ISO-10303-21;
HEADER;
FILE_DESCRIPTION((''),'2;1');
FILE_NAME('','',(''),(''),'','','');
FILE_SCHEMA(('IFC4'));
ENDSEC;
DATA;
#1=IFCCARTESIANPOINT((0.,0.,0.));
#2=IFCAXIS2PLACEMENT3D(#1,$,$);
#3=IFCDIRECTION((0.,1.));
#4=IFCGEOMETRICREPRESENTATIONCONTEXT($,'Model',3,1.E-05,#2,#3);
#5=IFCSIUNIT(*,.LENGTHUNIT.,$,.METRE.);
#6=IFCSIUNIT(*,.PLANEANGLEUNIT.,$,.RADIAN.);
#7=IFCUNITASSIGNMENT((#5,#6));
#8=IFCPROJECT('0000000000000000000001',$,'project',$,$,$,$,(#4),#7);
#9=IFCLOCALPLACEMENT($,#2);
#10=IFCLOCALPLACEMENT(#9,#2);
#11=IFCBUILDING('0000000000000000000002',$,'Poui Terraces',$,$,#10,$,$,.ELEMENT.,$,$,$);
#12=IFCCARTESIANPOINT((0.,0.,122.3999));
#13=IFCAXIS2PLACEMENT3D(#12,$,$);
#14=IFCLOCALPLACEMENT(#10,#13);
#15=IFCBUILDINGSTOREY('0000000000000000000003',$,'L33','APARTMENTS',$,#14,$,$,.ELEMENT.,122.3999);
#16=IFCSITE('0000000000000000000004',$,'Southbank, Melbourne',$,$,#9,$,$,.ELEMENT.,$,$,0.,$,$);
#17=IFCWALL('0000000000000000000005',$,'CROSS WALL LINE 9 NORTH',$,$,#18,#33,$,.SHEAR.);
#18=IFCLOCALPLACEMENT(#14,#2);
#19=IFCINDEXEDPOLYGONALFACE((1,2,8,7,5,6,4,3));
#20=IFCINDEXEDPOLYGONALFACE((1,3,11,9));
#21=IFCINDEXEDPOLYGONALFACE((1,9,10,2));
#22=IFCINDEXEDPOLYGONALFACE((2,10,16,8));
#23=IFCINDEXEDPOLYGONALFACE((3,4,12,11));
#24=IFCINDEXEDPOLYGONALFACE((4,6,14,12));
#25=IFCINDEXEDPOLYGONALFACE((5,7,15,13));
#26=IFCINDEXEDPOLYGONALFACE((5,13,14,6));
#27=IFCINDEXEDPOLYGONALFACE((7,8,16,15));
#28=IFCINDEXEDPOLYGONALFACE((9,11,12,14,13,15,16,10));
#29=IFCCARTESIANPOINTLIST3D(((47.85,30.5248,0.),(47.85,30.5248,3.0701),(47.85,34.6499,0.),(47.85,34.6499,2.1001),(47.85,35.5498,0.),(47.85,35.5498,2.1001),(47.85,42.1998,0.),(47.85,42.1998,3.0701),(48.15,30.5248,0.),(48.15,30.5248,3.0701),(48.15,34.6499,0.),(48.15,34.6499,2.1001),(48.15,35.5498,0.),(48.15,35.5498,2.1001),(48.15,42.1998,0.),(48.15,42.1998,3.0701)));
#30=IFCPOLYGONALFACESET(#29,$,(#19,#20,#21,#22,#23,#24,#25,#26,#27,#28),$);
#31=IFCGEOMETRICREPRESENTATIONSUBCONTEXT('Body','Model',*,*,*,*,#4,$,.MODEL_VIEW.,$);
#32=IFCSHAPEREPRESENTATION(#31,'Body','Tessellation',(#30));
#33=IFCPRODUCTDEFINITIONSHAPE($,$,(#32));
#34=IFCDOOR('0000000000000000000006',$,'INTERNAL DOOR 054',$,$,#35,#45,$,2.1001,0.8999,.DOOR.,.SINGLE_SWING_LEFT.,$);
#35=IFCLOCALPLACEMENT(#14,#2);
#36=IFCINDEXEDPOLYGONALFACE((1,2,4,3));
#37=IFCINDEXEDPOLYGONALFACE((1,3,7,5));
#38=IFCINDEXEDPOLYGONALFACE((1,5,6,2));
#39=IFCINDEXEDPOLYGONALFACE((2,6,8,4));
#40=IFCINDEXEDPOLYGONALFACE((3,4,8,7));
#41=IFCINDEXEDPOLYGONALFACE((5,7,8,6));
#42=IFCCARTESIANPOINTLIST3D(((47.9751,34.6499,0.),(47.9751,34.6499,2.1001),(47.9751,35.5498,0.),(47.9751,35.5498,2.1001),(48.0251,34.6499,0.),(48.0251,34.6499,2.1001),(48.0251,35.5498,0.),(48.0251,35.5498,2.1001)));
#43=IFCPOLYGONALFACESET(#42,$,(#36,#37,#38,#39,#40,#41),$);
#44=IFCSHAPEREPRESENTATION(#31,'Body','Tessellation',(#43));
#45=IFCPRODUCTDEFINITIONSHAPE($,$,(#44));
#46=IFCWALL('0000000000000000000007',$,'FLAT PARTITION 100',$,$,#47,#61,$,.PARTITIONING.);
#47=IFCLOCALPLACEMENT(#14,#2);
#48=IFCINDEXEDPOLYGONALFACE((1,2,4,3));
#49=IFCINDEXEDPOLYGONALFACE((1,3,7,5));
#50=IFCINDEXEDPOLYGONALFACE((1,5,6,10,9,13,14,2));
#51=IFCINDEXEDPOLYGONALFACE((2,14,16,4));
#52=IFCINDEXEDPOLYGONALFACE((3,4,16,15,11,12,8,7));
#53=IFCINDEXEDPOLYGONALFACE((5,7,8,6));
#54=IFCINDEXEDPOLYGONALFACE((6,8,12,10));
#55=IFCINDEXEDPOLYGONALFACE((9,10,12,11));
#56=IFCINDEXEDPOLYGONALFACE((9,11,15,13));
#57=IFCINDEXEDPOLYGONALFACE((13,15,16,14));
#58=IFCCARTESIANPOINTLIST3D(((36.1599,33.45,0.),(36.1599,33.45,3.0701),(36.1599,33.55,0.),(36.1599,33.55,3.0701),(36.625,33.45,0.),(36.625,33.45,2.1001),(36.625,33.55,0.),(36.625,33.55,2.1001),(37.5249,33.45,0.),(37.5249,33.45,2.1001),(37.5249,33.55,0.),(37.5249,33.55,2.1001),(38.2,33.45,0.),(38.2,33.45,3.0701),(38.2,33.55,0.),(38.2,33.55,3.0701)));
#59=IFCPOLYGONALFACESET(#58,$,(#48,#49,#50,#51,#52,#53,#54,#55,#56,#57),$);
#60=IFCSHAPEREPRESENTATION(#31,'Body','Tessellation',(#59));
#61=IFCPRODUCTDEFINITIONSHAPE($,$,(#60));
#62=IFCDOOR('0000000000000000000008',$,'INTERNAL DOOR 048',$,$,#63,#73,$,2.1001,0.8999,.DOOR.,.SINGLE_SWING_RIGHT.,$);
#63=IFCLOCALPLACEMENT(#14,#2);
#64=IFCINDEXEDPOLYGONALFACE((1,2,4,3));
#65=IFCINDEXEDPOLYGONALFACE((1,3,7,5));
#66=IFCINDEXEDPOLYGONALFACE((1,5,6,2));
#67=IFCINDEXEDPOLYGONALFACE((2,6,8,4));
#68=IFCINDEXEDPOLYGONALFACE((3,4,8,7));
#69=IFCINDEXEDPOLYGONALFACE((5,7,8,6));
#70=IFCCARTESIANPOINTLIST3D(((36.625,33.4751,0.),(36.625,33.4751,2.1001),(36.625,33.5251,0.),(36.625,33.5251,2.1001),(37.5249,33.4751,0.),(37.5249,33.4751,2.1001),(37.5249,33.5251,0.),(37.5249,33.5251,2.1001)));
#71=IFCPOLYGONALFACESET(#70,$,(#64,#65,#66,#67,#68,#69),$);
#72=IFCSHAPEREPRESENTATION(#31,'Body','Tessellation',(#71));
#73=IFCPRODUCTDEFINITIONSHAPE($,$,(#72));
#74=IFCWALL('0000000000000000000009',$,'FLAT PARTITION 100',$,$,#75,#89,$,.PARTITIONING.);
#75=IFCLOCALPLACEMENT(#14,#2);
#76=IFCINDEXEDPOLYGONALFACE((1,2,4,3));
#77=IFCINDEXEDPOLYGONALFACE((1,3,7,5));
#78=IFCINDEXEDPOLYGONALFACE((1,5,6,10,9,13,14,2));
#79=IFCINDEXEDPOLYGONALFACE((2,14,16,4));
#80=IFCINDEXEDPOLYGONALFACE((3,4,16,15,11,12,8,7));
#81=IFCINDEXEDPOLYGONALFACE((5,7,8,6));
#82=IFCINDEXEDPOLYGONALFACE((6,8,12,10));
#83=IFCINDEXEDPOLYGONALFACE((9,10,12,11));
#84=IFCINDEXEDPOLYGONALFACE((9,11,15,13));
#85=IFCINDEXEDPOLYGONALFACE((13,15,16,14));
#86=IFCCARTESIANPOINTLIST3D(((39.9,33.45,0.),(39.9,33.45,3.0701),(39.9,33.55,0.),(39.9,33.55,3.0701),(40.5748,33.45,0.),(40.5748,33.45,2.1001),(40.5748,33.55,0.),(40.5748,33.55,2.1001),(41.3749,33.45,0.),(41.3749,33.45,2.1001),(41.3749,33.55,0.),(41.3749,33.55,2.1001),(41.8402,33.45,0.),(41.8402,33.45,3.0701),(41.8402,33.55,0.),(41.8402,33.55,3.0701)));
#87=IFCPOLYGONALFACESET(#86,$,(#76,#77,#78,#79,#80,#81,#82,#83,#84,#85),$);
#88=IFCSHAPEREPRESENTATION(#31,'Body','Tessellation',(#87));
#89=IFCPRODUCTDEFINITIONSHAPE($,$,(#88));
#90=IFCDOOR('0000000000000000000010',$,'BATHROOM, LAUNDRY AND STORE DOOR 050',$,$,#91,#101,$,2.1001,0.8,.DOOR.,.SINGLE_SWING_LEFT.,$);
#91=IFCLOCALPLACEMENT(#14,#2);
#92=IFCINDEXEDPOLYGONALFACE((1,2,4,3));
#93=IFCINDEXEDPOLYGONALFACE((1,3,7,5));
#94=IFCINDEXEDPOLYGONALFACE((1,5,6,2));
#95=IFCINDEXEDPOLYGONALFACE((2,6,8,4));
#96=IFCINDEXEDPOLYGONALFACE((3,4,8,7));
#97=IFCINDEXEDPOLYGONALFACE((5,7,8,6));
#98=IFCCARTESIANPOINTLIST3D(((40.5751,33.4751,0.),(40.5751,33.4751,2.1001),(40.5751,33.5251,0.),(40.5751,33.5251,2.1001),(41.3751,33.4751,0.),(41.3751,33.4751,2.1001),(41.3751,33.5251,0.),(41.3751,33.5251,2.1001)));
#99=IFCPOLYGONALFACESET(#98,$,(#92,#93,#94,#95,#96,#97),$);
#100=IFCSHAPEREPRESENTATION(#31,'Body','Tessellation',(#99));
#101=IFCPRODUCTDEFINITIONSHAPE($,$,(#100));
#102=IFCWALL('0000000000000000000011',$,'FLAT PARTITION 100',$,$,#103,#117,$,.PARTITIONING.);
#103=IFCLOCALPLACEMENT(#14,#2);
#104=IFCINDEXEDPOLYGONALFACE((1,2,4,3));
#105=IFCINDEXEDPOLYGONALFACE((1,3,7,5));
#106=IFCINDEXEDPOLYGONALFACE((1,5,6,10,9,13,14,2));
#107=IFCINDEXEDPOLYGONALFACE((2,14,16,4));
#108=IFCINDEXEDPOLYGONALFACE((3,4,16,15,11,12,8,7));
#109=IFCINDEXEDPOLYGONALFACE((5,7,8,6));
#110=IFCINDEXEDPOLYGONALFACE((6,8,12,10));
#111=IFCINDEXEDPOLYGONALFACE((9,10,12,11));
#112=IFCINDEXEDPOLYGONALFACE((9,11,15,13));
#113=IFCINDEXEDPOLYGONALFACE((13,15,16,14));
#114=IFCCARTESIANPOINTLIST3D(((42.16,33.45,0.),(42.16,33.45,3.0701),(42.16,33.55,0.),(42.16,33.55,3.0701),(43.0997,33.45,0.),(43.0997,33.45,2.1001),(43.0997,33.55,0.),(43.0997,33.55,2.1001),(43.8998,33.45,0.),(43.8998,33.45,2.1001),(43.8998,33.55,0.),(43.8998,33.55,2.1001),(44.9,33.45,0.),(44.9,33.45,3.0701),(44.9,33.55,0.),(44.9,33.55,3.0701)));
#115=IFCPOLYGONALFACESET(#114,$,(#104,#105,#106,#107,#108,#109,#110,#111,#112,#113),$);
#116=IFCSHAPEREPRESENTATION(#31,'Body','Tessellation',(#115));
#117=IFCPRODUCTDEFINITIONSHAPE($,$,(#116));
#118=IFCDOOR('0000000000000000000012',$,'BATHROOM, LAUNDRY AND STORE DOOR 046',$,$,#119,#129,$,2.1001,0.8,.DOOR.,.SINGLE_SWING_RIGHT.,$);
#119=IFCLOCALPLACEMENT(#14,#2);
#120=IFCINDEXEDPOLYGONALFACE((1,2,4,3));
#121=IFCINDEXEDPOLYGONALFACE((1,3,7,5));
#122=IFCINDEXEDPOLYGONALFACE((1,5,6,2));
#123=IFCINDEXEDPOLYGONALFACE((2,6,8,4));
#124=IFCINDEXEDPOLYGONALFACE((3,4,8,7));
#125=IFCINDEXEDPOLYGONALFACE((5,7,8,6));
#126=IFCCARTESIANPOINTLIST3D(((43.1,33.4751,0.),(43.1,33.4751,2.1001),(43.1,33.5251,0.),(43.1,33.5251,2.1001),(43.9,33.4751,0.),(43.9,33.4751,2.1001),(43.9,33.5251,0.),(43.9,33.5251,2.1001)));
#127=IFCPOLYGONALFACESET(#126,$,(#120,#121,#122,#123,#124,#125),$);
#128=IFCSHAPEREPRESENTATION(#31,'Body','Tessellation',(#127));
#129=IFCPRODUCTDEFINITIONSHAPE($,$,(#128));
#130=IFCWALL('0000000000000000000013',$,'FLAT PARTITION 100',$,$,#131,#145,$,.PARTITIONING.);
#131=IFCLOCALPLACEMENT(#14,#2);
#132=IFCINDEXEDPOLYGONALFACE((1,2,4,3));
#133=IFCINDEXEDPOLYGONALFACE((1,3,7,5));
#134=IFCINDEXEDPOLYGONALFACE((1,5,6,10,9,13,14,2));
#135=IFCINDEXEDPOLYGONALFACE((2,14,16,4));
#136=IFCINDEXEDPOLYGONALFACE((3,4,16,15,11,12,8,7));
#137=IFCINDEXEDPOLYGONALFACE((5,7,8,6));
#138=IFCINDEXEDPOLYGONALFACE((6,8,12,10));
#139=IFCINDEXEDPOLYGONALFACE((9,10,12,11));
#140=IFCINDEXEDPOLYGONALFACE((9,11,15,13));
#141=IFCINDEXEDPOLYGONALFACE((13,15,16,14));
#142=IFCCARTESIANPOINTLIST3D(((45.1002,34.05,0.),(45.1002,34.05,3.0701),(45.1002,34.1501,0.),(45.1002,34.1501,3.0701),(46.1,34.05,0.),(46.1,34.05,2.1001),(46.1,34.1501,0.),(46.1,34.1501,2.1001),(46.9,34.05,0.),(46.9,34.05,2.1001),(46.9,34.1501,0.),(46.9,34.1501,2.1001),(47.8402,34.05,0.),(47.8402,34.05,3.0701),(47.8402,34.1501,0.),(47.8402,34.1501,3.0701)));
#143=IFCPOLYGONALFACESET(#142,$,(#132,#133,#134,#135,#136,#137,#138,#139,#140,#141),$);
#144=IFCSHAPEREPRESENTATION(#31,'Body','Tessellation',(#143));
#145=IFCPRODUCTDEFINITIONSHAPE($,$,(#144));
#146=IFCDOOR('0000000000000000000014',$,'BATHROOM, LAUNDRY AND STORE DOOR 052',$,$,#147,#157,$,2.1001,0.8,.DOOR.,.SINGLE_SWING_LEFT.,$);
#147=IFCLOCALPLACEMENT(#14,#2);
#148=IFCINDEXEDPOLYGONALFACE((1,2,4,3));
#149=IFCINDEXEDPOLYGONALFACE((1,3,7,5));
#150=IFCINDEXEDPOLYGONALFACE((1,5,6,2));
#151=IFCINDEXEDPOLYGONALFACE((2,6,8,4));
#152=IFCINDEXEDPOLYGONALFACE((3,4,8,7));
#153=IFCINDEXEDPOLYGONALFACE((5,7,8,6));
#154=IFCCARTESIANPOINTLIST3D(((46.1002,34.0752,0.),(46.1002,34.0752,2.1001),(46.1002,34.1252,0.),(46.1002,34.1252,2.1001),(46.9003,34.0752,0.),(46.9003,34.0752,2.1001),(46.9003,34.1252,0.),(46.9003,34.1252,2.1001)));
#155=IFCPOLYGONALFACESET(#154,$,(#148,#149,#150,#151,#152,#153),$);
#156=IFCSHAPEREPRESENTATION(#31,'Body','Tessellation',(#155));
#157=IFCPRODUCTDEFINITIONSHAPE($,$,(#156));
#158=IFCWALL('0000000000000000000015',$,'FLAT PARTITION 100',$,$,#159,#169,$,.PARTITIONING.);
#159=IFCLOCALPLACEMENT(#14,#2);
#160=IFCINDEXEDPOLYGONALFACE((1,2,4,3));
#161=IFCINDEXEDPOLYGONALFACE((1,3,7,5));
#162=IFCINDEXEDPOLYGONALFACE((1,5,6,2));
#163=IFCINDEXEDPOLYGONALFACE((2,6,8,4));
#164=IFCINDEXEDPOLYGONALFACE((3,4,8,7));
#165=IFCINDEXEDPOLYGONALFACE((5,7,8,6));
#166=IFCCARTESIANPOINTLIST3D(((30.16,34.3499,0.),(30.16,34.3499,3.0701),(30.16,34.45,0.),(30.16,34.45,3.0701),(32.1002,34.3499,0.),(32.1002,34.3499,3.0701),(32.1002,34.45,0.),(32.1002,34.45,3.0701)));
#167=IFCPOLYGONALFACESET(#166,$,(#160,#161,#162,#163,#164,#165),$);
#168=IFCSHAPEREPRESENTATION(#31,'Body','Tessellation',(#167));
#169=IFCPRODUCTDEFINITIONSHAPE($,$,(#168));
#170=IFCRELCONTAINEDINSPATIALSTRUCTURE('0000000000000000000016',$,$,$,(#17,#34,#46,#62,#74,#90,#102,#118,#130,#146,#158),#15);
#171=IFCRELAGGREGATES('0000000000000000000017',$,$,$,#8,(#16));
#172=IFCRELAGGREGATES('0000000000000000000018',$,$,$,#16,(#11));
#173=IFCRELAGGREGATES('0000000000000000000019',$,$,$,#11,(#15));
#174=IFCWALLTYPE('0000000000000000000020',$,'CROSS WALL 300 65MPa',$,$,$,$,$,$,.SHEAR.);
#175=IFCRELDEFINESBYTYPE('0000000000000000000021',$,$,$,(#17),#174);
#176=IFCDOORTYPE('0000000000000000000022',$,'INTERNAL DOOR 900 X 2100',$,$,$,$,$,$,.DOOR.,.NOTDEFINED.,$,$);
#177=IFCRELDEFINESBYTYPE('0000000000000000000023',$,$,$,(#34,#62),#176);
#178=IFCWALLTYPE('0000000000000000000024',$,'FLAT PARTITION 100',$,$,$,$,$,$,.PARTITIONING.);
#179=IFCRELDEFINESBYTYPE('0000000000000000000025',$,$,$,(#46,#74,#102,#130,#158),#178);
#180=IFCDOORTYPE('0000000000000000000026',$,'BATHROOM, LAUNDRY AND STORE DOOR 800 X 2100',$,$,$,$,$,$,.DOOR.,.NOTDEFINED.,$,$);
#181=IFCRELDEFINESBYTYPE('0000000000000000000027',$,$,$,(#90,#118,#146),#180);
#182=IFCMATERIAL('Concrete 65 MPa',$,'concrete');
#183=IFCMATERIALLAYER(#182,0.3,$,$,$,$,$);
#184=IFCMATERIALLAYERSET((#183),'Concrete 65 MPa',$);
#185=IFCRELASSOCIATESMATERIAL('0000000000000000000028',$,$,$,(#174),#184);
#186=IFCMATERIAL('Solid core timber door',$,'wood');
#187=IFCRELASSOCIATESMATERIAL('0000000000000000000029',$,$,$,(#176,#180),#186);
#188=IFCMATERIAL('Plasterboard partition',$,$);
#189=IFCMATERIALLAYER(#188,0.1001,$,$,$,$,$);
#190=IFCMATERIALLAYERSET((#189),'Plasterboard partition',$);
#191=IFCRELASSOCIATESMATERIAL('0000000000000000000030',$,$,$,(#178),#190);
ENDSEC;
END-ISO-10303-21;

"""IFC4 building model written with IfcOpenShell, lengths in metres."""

from ifc_helpers import new_model, si_unit, direction, frame, frame_2d, origin, place, context, subcontext, project, spatial, rectangle, extrude, material, layer, layer_set, type_object, element, fill, save


model = new_model("IFC4")

# Units and contexts
model_context = context("Model", 3, precision=1e-05, world=origin(), true_north=direction((0.0, 1.0)))
body_context = subcontext(model_context, "Body", "Model", "MODEL_VIEW")
ifc_project = project(units=[si_unit("LENGTHUNIT", "METRE"), si_unit("PLANEANGLEUNIT", "RADIAN")], contexts=[model_context])

# Site, building, storey
site_placement = place(None, origin())
site = spatial("IfcSite", under=ifc_project, at=site_placement, Name="Southbank, Melbourne", CompositionType="ELEMENT", RefElevation=0.0)
building_placement = place(site_placement, origin())
building = spatial("IfcBuilding", under=site, at=building_placement, Name="Poui Terraces", CompositionType="ELEMENT")
storey_placement = place(building_placement, frame((0.0, 0.0, 122.3999)))
storey = spatial("IfcBuildingStorey", under=building, at=storey_placement, Name="L33", Description="APARTMENTS", CompositionType="ELEMENT", Elevation=122.3999)

# Walls, openings, doors
ifc_material_1 = material(Name="Concrete 65 MPa", Category="concrete")
ifc_layer_1 = layer(ifc_material_1, 0.3)
ifc_layer_set_1 = layer_set([ifc_layer_1], Name="Concrete 65 MPa")
wall_type_1 = type_object("IfcWallType", Name="CROSS WALL 300 65MPa", PredefinedType="SHEAR", material=ifc_layer_set_1)
wall_1_placement = place(storey_placement, frame((48.0, 30.5249, 0.0), z_axis=(0.0, 0.0, 1.0), x_axis=(0.0, 1.0, 0.0)))
wall_1 = element("IfcWall", 1, at=wall_1_placement, inside=storey, type_object=wall_type_1, Name="CROSS WALL LINE 9 NORTH", PredefinedType="SHEAR", context=body_context, shape_type="SweptSolid", body=[
    extrude(rectangle(XDim=11.675, YDim=0.3, at=frame_2d((5.8374, 0.0))), origin(), (0.0, 0.0, 1.0), 3.0701),
])
opening_1_placement = place(wall_1_placement, frame((4.125, 0.0, 0.0)))
opening_1 = element("IfcOpeningElement", 2, at=opening_1_placement, cuts=wall_1, PredefinedType="OPENING", context=body_context, shape_type="SweptSolid", body=[
    extrude(rectangle(XDim=0.8999, YDim=2.1001, at=frame_2d((0.45, 1.05))), frame((0.0, 0.1602, 0.0), z_axis=(0.0, -1.0, 0.0), x_axis=(1.0, 0.0, 0.0)), (0.0, 0.0, 1.0), 0.3201),
])
ifc_material_2 = material(Name="Solid core timber door", Category="wood")
door_type_1 = type_object("IfcDoorType", Name="INTERNAL DOOR 900 X 2100", OperationType="NOTDEFINED", PredefinedType="DOOR", material=ifc_material_2)
door_1_placement = place(opening_1_placement, origin())
door_1 = element("IfcDoor", 3, at=door_1_placement, inside=storey, type_object=door_type_1, Name="INTERNAL DOOR 054", OperationType="SINGLE_SWING_LEFT", OverallHeight=2.1001, OverallWidth=0.8999, PredefinedType="DOOR", context=body_context, shape_type="SweptSolid", body=[
    extrude(rectangle(XDim=0.8999, YDim=2.1001, at=frame_2d((0.45, 1.05))), frame((0.0, 0.0249, 0.0), z_axis=(0.0, -1.0, 0.0), x_axis=(1.0, 0.0, 0.0)), (0.0, 0.0, 1.0), 0.05),
])
fill(opening_1, door_1)
ifc_material_3 = material(Name="Plasterboard partition")
ifc_layer_2 = layer(ifc_material_3, 0.1001)
ifc_layer_set_2 = layer_set([ifc_layer_2], Name="Plasterboard partition")
wall_type_2 = type_object("IfcWallType", Name="FLAT PARTITION 100", PredefinedType="PARTITIONING", material=ifc_layer_set_2)
wall_2_placement = place(storey_placement, frame((36.1599, 33.5, 0.0), z_axis=(0.0, 0.0, 1.0), x_axis=(1.0, 0.0, 0.0)))
wall_2 = element("IfcWall", 4, at=wall_2_placement, inside=storey, type_object=wall_type_2, Name="FLAT PARTITION 100", PredefinedType="PARTITIONING", context=body_context, shape_type="SweptSolid", body=[
    extrude(rectangle(XDim=2.04, YDim=0.1001, at=frame_2d((1.02, 0.0))), origin(), (0.0, 0.0, 1.0), 3.0701),
])
opening_2_placement = place(wall_2_placement, frame((0.4651, 0.0, 0.0)))
opening_2 = element("IfcOpeningElement", 5, at=opening_2_placement, cuts=wall_2, PredefinedType="OPENING", context=body_context, shape_type="SweptSolid", body=[
    extrude(rectangle(XDim=0.8999, YDim=2.1001, at=frame_2d((0.45, 1.05))), frame((0.0, 0.0601, 0.0), z_axis=(0.0, -1.0, 0.0), x_axis=(1.0, 0.0, 0.0)), (0.0, 0.0, 1.0), 0.1201),
])
door_2_placement = place(opening_2_placement, frame((0.8999, 0.0, 0.0), z_axis=(0.0, 0.0, 1.0), x_axis=(-1.0, 0.0, 0.0)))
door_2 = element("IfcDoor", 6, at=door_2_placement, inside=storey, type_object=door_type_1, Name="INTERNAL DOOR 048", OperationType="SINGLE_SWING_RIGHT", OverallHeight=2.1001, OverallWidth=0.8999, PredefinedType="DOOR", context=body_context, shape_type="SweptSolid", body=[
    extrude(rectangle(XDim=0.8999, YDim=2.1001, at=frame_2d((0.45, 1.05))), frame((0.0, 0.0249, 0.0), z_axis=(0.0, -1.0, 0.0), x_axis=(1.0, 0.0, 0.0)), (0.0, 0.0, 1.0), 0.05),
])
fill(opening_2, door_2)
wall_3_placement = place(storey_placement, frame((39.8999, 33.5, 0.0), z_axis=(0.0, 0.0, 1.0), x_axis=(1.0, 0.0, 0.0)))
wall_3 = element("IfcWall", 7, at=wall_3_placement, inside=storey, type_object=wall_type_2, Name="FLAT PARTITION 100", PredefinedType="PARTITIONING", context=body_context, shape_type="SweptSolid", body=[
    extrude(rectangle(XDim=1.9402, YDim=0.1001, at=frame_2d((0.9702, 0.0))), origin(), (0.0, 0.0, 1.0), 3.0701),
])
opening_3_placement = place(wall_3_placement, frame((0.675, 0.0, 0.0)))
opening_3 = element("IfcOpeningElement", 8, at=opening_3_placement, cuts=wall_3, PredefinedType="OPENING", context=body_context, shape_type="SweptSolid", body=[
    extrude(rectangle(XDim=0.8, YDim=2.1001, at=frame_2d((0.3999, 1.05))), frame((0.0, 0.0601, 0.0), z_axis=(0.0, -1.0, 0.0), x_axis=(1.0, 0.0, 0.0)), (0.0, 0.0, 1.0), 0.1201),
])
door_type_2 = type_object("IfcDoorType", Name="BATHROOM, LAUNDRY AND STORE DOOR 800 X 2100", OperationType="NOTDEFINED", PredefinedType="DOOR", material=ifc_material_2)
door_3_placement = place(opening_3_placement, frame((0.8, 0.0, 0.0), z_axis=(0.0, 0.0, 1.0), x_axis=(-1.0, 0.0, 0.0)))
door_3 = element("IfcDoor", 9, at=door_3_placement, inside=storey, type_object=door_type_2, Name="BATHROOM, LAUNDRY AND STORE DOOR 050", OperationType="SINGLE_SWING_LEFT", OverallHeight=2.1001, OverallWidth=0.8, PredefinedType="DOOR", context=body_context, shape_type="SweptSolid", body=[
    extrude(rectangle(XDim=0.8, YDim=2.1001, at=frame_2d((0.3999, 1.05))), frame((0.0, 0.0249, 0.0), z_axis=(0.0, -1.0, 0.0), x_axis=(1.0, 0.0, 0.0)), (0.0, 0.0, 1.0), 0.05),
])
fill(opening_3, door_3)
wall_4_placement = place(storey_placement, frame((42.1599, 33.5, 0.0), z_axis=(0.0, 0.0, 1.0), x_axis=(1.0, 0.0, 0.0)))
wall_4 = element("IfcWall", 10, at=wall_4_placement, inside=storey, type_object=wall_type_2, Name="FLAT PARTITION 100", PredefinedType="PARTITIONING", context=body_context, shape_type="SweptSolid", body=[
    extrude(rectangle(XDim=2.74, YDim=0.1001, at=frame_2d((1.3701, 0.0))), origin(), (0.0, 0.0, 1.0), 3.0701),
])
opening_4_placement = place(wall_4_placement, frame((0.9399, 0.0, 0.0)))
opening_4 = element("IfcOpeningElement", 11, at=opening_4_placement, cuts=wall_4, PredefinedType="OPENING", context=body_context, shape_type="SweptSolid", body=[
    extrude(rectangle(XDim=0.8, YDim=2.1001, at=frame_2d((0.3999, 1.05))), frame((0.0, 0.0601, 0.0), z_axis=(0.0, -1.0, 0.0), x_axis=(1.0, 0.0, 0.0)), (0.0, 0.0, 1.0), 0.1201),
])
door_4_placement = place(opening_4_placement, frame((0.8, 0.0, 0.0), z_axis=(0.0, 0.0, 1.0), x_axis=(-1.0, 0.0, 0.0)))
door_4 = element("IfcDoor", 12, at=door_4_placement, inside=storey, type_object=door_type_2, Name="BATHROOM, LAUNDRY AND STORE DOOR 046", OperationType="SINGLE_SWING_RIGHT", OverallHeight=2.1001, OverallWidth=0.8, PredefinedType="DOOR", context=body_context, shape_type="SweptSolid", body=[
    extrude(rectangle(XDim=0.8, YDim=2.1001, at=frame_2d((0.3999, 1.05))), frame((0.0, 0.0249, 0.0), z_axis=(0.0, -1.0, 0.0), x_axis=(1.0, 0.0, 0.0)), (0.0, 0.0, 1.0), 0.05),
])
fill(opening_4, door_4)
wall_5_placement = place(storey_placement, frame((45.1001, 34.1001, 0.0), z_axis=(0.0, 0.0, 1.0), x_axis=(1.0, 0.0, 0.0)))
wall_5 = element("IfcWall", 13, at=wall_5_placement, inside=storey, type_object=wall_type_2, Name="FLAT PARTITION 100", PredefinedType="PARTITIONING", context=body_context, shape_type="SweptSolid", body=[
    extrude(rectangle(XDim=2.74, YDim=0.1001, at=frame_2d((1.3701, 0.0))), origin(), (0.0, 0.0, 1.0), 3.0701),
])
opening_5_placement = place(wall_5_placement, frame((1.0, 0.0, 0.0)))
opening_5 = element("IfcOpeningElement", 14, at=opening_5_placement, cuts=wall_5, PredefinedType="OPENING", context=body_context, shape_type="SweptSolid", body=[
    extrude(rectangle(XDim=0.8, YDim=2.1001, at=frame_2d((0.3999, 1.05))), frame((0.0, 0.0601, 0.0), z_axis=(0.0, -1.0, 0.0), x_axis=(1.0, 0.0, 0.0)), (0.0, 0.0, 1.0), 0.1201),
])
door_5_placement = place(opening_5_placement, frame((0.8, 0.0, 0.0), z_axis=(0.0, 0.0, 1.0), x_axis=(-1.0, 0.0, 0.0)))
door_5 = element("IfcDoor", 15, at=door_5_placement, inside=storey, type_object=door_type_2, Name="BATHROOM, LAUNDRY AND STORE DOOR 052", OperationType="SINGLE_SWING_LEFT", OverallHeight=2.1001, OverallWidth=0.8, PredefinedType="DOOR", context=body_context, shape_type="SweptSolid", body=[
    extrude(rectangle(XDim=0.8, YDim=2.1001, at=frame_2d((0.3999, 1.05))), frame((0.0, 0.0249, 0.0), z_axis=(0.0, -1.0, 0.0), x_axis=(1.0, 0.0, 0.0)), (0.0, 0.0, 1.0), 0.05),
])
fill(opening_5, door_5)

# Wall
wall_6_placement = place(storey_placement, frame((30.1599, 34.3999, 0.0), z_axis=(0.0, 0.0, 1.0), x_axis=(1.0, 0.0, 0.0)))
element("IfcWall", 16, at=wall_6_placement, inside=storey, type_object=wall_type_2, Name="FLAT PARTITION 100", PredefinedType="PARTITIONING", context=body_context, shape_type="SweptSolid", body=[
    extrude(rectangle(XDim=1.9402, YDim=0.1001, at=frame_2d((0.9702, 0.0))), origin(), (0.0, 0.0, 1.0), 3.0701),
])

save(model, "model.ifc")
